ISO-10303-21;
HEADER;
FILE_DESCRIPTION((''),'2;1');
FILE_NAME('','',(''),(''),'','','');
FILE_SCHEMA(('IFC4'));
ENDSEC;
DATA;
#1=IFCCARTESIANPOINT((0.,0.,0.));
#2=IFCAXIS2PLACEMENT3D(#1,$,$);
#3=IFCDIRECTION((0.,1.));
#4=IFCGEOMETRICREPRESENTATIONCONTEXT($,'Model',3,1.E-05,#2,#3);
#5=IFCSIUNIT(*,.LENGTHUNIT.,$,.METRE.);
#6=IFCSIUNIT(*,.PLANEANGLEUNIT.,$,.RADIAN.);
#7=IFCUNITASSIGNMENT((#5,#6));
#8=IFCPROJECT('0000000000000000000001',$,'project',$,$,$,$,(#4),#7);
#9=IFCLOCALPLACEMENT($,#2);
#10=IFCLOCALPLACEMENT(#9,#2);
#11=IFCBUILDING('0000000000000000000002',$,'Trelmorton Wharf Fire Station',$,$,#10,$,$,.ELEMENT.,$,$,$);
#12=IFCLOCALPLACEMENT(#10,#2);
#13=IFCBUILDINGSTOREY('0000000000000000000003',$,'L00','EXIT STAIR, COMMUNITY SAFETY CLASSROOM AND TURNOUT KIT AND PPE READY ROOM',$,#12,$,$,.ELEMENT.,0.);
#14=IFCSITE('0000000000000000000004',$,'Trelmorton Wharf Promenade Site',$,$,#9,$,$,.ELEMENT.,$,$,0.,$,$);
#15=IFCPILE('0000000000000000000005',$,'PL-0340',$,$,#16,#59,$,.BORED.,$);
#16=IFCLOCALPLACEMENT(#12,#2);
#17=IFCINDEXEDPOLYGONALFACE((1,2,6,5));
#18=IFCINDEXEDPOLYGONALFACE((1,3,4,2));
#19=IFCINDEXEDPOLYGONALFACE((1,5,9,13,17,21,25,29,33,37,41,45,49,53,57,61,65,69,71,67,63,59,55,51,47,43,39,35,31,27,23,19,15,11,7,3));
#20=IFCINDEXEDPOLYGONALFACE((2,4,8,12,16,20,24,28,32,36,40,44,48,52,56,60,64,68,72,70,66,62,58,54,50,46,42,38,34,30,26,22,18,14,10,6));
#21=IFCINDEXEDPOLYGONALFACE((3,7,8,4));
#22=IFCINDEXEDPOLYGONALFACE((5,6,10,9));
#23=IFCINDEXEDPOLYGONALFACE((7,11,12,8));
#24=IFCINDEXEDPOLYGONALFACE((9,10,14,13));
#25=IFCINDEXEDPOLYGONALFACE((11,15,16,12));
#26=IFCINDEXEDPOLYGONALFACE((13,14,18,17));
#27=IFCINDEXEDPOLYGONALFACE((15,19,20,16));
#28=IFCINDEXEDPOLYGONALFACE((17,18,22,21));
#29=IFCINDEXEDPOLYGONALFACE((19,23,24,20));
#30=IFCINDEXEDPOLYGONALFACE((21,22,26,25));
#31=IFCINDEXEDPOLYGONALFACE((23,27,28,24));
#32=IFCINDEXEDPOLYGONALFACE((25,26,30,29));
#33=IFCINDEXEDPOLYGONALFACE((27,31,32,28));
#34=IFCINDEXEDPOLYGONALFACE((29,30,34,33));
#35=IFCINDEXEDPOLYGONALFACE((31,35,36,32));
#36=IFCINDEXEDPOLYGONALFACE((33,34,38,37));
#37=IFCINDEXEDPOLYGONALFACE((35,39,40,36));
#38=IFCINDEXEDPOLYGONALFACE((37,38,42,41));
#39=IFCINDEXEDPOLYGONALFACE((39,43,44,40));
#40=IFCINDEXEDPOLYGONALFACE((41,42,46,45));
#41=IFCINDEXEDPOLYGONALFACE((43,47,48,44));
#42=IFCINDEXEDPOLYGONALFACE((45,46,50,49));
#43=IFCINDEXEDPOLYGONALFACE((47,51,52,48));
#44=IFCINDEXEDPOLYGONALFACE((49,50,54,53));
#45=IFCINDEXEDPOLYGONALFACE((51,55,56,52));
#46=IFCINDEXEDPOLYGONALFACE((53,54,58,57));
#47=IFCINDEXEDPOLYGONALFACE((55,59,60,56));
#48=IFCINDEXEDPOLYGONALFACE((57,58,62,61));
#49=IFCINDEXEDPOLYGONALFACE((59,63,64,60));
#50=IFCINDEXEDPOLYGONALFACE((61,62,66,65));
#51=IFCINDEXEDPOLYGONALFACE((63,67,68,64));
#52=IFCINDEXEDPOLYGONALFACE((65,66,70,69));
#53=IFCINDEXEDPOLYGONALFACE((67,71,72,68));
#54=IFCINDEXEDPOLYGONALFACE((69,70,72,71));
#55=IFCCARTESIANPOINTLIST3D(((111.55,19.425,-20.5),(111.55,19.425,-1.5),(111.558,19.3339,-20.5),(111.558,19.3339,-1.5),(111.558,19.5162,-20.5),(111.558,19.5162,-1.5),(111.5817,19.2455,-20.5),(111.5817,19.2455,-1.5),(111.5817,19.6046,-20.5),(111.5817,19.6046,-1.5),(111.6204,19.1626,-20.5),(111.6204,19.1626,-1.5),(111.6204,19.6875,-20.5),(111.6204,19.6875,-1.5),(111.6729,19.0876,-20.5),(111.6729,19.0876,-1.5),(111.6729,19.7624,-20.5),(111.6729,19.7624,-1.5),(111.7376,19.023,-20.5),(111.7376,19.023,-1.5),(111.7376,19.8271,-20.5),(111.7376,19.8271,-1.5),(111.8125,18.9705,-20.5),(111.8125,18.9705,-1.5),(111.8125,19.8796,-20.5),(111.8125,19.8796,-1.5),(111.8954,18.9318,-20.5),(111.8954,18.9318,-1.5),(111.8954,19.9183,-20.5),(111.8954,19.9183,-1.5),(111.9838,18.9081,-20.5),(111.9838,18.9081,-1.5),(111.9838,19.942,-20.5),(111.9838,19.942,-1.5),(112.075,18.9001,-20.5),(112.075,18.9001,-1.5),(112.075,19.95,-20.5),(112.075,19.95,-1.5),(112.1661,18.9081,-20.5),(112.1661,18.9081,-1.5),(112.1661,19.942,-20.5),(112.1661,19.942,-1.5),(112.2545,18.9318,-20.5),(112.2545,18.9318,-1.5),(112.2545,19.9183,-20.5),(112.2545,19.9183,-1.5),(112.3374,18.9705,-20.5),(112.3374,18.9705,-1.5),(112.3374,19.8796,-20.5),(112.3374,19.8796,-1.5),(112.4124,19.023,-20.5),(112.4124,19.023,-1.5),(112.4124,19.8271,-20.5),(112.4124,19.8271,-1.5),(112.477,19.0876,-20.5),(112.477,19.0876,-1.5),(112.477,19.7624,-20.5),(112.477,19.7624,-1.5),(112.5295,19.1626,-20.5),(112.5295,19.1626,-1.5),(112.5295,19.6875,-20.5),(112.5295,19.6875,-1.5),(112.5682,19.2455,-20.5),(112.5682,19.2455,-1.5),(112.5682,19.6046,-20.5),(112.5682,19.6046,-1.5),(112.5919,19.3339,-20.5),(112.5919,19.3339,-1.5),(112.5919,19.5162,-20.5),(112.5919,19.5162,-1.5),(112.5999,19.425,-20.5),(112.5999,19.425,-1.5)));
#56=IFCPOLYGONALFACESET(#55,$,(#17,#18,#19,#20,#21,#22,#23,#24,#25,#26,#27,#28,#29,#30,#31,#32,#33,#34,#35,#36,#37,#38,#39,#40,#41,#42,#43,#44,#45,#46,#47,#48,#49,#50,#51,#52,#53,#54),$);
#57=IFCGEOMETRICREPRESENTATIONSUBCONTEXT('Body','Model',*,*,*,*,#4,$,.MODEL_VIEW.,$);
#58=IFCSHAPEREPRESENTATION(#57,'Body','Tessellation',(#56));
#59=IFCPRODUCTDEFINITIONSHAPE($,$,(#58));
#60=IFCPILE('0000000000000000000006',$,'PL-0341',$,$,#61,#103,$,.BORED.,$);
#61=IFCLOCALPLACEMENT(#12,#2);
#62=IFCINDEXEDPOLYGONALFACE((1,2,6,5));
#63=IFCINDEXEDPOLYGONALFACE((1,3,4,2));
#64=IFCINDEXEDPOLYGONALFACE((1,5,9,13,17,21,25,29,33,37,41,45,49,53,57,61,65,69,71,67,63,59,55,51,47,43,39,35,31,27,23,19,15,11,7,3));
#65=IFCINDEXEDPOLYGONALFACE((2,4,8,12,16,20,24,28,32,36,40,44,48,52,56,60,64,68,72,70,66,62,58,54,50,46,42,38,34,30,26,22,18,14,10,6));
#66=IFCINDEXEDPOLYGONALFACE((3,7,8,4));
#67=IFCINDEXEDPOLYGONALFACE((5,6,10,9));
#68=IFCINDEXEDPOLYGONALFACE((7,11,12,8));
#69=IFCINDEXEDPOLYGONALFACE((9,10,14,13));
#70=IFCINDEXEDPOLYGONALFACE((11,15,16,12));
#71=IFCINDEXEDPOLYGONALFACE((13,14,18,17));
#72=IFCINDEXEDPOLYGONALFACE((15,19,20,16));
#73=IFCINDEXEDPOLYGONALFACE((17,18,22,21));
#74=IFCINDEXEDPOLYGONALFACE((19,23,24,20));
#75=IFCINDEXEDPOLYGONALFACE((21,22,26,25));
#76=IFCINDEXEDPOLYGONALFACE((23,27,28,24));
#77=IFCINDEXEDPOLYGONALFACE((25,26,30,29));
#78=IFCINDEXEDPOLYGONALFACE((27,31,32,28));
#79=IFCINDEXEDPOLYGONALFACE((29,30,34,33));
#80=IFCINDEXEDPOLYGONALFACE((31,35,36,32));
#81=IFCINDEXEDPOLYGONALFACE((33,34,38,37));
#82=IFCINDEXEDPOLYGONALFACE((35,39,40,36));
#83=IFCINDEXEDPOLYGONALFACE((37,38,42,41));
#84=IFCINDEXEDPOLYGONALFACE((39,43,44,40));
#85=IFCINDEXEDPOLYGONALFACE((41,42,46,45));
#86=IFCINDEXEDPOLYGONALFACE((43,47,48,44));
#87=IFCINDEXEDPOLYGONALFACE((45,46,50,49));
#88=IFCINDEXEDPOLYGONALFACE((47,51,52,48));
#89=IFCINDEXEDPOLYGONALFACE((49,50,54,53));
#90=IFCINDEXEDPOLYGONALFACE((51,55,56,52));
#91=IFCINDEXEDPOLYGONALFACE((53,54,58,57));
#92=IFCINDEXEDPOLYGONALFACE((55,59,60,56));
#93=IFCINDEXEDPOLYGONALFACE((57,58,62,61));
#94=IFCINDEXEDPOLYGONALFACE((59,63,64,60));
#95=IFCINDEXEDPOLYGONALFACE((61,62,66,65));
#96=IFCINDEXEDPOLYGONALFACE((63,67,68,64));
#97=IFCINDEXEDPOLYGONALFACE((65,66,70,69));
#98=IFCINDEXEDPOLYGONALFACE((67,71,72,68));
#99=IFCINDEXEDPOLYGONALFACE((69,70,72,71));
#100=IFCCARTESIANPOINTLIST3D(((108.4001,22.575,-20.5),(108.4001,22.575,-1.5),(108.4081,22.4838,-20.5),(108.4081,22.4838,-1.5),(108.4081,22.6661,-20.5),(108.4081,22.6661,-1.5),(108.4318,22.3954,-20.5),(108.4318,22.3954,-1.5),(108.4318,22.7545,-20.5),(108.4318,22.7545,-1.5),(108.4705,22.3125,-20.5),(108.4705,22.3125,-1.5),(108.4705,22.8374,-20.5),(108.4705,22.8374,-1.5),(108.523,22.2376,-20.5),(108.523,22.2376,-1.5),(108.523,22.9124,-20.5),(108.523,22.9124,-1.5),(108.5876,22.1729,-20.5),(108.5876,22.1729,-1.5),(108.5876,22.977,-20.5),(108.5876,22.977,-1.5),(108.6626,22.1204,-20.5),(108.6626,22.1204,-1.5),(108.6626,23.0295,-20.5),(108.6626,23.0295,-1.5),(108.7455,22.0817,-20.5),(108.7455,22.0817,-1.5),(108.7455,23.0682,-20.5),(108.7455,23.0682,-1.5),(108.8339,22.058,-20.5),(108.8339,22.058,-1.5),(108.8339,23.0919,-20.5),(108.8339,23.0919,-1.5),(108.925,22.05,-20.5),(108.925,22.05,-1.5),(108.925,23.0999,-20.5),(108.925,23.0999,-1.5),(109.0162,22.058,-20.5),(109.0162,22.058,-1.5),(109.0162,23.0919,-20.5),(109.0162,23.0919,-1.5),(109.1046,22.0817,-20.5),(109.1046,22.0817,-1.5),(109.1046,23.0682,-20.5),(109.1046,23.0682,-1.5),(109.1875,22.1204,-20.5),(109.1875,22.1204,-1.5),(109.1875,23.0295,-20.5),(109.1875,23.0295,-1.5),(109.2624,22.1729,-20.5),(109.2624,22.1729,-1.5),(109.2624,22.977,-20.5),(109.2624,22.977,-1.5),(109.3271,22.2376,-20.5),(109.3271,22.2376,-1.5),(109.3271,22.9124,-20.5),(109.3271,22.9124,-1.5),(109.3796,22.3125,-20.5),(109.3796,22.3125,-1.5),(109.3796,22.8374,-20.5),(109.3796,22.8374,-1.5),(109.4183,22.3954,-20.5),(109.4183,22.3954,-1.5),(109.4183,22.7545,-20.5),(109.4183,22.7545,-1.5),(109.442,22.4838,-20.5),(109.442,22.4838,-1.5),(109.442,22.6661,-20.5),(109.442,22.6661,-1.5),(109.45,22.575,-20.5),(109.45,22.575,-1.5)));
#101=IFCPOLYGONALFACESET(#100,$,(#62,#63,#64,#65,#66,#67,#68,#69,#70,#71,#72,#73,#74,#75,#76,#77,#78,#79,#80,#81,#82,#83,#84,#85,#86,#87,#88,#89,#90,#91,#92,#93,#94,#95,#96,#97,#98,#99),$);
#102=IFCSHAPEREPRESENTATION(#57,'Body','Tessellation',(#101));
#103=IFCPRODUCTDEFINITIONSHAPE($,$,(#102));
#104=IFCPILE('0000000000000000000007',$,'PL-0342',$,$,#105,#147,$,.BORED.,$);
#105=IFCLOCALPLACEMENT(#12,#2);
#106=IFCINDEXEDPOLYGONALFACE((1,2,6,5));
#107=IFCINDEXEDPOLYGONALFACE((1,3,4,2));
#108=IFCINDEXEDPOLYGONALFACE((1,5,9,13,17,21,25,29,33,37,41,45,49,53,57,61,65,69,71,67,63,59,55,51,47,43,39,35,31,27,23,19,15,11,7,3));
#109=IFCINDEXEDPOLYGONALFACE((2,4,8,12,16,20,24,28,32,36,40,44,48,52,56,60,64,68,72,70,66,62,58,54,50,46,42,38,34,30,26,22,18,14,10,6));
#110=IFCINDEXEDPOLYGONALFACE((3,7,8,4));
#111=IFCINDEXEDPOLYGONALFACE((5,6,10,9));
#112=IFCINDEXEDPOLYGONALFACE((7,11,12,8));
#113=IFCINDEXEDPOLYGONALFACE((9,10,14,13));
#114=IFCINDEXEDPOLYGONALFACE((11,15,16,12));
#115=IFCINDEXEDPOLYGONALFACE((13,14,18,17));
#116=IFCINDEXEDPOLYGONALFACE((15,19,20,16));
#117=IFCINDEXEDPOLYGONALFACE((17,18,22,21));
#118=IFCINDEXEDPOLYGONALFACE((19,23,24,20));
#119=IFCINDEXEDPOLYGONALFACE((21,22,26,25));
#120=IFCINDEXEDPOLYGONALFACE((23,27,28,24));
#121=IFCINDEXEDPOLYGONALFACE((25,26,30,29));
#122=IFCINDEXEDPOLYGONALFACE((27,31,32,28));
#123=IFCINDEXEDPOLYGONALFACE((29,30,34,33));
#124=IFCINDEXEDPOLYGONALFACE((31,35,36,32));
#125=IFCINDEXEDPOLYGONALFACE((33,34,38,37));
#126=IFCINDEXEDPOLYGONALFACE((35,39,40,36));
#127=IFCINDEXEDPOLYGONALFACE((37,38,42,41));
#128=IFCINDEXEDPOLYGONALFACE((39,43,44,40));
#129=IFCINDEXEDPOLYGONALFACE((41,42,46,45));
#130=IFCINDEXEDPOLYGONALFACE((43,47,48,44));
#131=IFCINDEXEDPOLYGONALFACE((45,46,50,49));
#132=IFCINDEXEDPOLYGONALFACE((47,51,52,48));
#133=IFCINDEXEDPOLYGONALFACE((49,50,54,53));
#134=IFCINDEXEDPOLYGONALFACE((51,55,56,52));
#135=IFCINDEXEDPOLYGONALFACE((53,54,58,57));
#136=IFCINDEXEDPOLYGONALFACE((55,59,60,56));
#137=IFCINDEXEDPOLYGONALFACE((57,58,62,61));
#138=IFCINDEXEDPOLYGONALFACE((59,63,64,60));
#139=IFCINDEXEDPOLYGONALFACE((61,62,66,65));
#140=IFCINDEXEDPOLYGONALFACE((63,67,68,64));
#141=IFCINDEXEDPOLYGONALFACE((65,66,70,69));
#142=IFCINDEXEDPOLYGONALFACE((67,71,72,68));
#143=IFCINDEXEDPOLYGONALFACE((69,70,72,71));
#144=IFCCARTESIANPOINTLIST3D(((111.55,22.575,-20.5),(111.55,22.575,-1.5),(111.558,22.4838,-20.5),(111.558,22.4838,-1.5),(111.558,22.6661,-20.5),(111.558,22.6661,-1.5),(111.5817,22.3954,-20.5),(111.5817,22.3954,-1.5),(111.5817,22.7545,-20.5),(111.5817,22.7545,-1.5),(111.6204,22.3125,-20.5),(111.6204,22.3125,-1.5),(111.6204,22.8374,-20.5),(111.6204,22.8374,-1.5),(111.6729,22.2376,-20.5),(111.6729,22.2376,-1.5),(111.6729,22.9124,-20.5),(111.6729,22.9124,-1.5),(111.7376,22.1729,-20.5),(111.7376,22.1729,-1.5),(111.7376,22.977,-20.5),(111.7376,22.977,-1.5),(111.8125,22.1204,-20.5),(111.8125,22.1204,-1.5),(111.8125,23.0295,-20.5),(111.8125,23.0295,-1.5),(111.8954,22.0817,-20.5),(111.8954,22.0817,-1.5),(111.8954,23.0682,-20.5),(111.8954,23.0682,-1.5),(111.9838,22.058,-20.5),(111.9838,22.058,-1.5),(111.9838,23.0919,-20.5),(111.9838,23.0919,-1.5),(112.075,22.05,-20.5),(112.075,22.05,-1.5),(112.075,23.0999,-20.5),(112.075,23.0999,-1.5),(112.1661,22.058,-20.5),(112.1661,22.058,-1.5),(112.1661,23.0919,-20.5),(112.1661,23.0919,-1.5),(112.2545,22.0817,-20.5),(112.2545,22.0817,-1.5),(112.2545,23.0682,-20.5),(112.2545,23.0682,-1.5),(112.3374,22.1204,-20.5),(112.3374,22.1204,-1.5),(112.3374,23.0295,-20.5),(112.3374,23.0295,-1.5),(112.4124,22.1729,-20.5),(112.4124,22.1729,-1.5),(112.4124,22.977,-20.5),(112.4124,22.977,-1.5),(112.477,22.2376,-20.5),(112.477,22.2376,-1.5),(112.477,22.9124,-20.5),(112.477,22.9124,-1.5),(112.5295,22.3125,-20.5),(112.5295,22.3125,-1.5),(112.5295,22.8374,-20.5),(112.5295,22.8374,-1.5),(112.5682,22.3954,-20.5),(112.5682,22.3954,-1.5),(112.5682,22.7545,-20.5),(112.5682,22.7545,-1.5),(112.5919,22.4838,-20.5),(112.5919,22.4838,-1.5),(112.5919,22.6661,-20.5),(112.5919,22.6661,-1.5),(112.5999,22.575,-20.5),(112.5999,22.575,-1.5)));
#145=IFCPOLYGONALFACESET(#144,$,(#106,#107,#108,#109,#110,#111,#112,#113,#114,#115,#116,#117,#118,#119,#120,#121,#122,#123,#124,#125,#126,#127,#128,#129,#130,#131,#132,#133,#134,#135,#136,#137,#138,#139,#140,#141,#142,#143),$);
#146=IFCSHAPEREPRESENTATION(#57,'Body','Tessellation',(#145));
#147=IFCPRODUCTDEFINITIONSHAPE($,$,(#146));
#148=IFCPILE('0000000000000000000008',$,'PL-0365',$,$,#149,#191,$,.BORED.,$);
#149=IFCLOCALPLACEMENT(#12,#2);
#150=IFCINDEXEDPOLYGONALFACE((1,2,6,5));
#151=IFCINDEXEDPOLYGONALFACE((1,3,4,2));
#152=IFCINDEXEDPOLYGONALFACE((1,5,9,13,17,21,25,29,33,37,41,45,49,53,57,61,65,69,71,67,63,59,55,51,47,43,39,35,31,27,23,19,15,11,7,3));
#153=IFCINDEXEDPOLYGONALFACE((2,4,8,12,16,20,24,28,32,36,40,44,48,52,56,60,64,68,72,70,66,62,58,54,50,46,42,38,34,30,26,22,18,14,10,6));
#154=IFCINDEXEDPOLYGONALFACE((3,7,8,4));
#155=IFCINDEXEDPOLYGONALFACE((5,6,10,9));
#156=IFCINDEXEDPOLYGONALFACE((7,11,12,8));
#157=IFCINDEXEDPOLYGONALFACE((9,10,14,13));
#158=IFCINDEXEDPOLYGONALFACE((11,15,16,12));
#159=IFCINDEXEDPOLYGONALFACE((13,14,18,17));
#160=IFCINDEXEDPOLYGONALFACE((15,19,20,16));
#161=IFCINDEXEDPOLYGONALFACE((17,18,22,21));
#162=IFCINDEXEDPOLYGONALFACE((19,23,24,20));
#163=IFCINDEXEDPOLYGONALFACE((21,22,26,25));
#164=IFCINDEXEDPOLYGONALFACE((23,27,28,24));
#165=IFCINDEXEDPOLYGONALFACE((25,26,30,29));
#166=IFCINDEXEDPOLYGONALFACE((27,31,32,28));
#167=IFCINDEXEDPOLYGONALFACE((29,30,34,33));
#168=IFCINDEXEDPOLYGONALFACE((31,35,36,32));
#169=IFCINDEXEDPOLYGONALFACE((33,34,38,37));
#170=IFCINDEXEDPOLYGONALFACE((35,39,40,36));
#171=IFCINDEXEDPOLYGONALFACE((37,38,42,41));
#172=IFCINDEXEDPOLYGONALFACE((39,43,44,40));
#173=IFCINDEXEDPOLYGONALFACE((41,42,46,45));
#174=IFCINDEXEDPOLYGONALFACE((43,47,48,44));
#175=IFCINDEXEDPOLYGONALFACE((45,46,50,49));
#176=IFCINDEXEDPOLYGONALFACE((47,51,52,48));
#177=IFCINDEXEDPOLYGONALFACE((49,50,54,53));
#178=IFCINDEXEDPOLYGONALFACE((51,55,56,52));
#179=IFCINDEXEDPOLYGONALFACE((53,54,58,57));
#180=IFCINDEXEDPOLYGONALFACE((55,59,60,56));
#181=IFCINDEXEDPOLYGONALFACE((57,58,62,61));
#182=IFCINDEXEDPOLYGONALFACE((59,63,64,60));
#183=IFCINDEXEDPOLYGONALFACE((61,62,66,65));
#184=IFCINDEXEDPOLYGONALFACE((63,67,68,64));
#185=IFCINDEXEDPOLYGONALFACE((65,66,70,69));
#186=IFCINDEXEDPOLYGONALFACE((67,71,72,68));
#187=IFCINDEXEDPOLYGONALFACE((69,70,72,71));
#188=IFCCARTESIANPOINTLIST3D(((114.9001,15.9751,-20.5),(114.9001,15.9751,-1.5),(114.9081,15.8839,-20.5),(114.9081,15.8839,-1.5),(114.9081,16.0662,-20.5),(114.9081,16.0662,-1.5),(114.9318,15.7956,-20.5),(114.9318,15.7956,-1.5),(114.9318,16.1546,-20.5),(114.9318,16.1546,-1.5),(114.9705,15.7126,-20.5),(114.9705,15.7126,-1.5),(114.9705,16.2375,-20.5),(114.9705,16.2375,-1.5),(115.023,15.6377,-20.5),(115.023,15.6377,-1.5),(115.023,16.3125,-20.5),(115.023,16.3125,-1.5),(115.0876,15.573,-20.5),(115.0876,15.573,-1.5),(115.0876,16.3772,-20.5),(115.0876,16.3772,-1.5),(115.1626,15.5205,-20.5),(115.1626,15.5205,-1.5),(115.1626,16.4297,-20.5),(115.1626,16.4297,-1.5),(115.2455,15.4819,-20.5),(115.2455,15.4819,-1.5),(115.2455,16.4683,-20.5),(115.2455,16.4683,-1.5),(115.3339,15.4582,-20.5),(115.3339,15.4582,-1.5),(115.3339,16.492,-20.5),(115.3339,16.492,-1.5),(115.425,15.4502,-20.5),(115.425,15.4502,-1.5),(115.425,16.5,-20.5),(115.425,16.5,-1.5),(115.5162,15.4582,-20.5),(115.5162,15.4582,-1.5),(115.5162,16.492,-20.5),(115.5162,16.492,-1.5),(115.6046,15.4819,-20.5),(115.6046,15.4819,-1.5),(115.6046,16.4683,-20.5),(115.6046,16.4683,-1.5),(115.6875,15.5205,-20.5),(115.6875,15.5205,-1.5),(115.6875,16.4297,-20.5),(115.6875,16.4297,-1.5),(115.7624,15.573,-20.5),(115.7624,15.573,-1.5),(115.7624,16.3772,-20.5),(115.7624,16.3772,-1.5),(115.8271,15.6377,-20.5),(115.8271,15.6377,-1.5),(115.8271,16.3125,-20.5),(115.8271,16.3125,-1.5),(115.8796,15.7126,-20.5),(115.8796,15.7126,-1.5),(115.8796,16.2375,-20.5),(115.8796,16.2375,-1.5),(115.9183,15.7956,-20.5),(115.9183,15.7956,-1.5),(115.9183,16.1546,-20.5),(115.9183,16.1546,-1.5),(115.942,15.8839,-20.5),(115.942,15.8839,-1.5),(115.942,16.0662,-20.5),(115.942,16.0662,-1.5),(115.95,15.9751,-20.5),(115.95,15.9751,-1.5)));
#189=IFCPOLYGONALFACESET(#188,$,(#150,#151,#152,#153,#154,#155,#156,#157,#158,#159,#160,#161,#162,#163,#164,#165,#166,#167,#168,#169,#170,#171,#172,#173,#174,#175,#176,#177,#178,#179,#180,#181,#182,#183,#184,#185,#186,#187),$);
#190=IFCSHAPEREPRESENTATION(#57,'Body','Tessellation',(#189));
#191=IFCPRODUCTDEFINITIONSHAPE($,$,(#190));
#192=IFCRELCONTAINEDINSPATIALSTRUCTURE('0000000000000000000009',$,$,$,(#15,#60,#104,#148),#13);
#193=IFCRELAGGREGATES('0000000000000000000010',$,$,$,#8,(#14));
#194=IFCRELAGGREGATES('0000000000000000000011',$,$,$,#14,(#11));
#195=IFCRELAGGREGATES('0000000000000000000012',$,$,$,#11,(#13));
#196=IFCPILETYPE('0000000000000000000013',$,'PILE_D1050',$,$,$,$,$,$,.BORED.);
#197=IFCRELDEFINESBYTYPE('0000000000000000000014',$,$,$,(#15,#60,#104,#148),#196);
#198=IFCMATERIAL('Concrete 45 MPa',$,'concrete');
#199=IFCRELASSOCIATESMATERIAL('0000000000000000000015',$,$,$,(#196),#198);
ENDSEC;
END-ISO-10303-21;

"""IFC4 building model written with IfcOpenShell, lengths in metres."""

from ifc_helpers import new_model, si_unit, direction, frame, origin, origin_2d, place, context, subcontext, project, spatial, circle, extrude, material, material_profile, profile_set, type_object, element, save


model = new_model("IFC4")

# Units and contexts
model_context = context("Model", 3, precision=1e-05, world=origin(), true_north=direction((0.0, 1.0)))
body_context = subcontext(model_context, "Body", "Model", "MODEL_VIEW")
ifc_project = project(units=[si_unit("LENGTHUNIT", "METRE"), si_unit("PLANEANGLEUNIT", "RADIAN")], contexts=[model_context])

# Site, building, storey
site_placement = place(None, origin())
site = spatial("IfcSite", under=ifc_project, at=site_placement, Name="Trelmorton Wharf Promenade Site", CompositionType="ELEMENT", RefElevation=0.0)
building_placement = place(site_placement, origin())
building = spatial("IfcBuilding", under=site, at=building_placement, Name="Trelmorton Wharf Fire Station", CompositionType="ELEMENT")
storey_placement = place(building_placement, origin())
storey = spatial("IfcBuildingStorey", under=building, at=storey_placement, Name="L00", Description="EXIT STAIR, COMMUNITY SAFETY CLASSROOM AND TURNOUT KIT AND PPE READY ROOM", CompositionType="ELEMENT", Elevation=0.0)

# Piles
ifc_material_1 = material(Name="Concrete 45 MPa", Category="concrete")
ifc_material_profile_1 = material_profile(ifc_material_1, circle(Radius=0.5249, at=origin_2d()), Name="PILE-D1050")
ifc_profile_set_1 = profile_set([ifc_material_profile_1], Name="Concrete 45 MPa")
pile_type = type_object("IfcPileType", Name="PILE_D1050", PredefinedType="BORED", material=ifc_profile_set_1)
for number, where, z_axis, x_axis, name in (
    (1, (112.075, 19.425, -1.5), (0.0, 0.0, -1.0), (1.0, 0.0, 0.0), "PL-0340"),
    (2, (108.925, 22.575, -1.5), (0.0, 0.0, -1.0), (1.0, 0.0, 0.0), "PL-0341"),
    (3, (112.075, 22.575, -1.5), (0.0, 0.0, -1.0), (1.0, 0.0, 0.0), "PL-0342"),
    (4, (115.425, 15.9751, -1.5), (0.0, 0.0, -1.0), (1.0, 0.0, 0.0), "PL-0365"),
):
    element("IfcPile", number, at=place(storey_placement, frame(where, z_axis=z_axis, x_axis=x_axis)), inside=storey, type_object=pile_type, Name=name, PredefinedType="BORED", context=body_context, shape_type="SweptSolid", body=[
        extrude(circle(Radius=0.5249, at=origin_2d()), origin(), (0.0, 0.0, 1.0), 19.0),
    ])

save(model, "model.ifc")
